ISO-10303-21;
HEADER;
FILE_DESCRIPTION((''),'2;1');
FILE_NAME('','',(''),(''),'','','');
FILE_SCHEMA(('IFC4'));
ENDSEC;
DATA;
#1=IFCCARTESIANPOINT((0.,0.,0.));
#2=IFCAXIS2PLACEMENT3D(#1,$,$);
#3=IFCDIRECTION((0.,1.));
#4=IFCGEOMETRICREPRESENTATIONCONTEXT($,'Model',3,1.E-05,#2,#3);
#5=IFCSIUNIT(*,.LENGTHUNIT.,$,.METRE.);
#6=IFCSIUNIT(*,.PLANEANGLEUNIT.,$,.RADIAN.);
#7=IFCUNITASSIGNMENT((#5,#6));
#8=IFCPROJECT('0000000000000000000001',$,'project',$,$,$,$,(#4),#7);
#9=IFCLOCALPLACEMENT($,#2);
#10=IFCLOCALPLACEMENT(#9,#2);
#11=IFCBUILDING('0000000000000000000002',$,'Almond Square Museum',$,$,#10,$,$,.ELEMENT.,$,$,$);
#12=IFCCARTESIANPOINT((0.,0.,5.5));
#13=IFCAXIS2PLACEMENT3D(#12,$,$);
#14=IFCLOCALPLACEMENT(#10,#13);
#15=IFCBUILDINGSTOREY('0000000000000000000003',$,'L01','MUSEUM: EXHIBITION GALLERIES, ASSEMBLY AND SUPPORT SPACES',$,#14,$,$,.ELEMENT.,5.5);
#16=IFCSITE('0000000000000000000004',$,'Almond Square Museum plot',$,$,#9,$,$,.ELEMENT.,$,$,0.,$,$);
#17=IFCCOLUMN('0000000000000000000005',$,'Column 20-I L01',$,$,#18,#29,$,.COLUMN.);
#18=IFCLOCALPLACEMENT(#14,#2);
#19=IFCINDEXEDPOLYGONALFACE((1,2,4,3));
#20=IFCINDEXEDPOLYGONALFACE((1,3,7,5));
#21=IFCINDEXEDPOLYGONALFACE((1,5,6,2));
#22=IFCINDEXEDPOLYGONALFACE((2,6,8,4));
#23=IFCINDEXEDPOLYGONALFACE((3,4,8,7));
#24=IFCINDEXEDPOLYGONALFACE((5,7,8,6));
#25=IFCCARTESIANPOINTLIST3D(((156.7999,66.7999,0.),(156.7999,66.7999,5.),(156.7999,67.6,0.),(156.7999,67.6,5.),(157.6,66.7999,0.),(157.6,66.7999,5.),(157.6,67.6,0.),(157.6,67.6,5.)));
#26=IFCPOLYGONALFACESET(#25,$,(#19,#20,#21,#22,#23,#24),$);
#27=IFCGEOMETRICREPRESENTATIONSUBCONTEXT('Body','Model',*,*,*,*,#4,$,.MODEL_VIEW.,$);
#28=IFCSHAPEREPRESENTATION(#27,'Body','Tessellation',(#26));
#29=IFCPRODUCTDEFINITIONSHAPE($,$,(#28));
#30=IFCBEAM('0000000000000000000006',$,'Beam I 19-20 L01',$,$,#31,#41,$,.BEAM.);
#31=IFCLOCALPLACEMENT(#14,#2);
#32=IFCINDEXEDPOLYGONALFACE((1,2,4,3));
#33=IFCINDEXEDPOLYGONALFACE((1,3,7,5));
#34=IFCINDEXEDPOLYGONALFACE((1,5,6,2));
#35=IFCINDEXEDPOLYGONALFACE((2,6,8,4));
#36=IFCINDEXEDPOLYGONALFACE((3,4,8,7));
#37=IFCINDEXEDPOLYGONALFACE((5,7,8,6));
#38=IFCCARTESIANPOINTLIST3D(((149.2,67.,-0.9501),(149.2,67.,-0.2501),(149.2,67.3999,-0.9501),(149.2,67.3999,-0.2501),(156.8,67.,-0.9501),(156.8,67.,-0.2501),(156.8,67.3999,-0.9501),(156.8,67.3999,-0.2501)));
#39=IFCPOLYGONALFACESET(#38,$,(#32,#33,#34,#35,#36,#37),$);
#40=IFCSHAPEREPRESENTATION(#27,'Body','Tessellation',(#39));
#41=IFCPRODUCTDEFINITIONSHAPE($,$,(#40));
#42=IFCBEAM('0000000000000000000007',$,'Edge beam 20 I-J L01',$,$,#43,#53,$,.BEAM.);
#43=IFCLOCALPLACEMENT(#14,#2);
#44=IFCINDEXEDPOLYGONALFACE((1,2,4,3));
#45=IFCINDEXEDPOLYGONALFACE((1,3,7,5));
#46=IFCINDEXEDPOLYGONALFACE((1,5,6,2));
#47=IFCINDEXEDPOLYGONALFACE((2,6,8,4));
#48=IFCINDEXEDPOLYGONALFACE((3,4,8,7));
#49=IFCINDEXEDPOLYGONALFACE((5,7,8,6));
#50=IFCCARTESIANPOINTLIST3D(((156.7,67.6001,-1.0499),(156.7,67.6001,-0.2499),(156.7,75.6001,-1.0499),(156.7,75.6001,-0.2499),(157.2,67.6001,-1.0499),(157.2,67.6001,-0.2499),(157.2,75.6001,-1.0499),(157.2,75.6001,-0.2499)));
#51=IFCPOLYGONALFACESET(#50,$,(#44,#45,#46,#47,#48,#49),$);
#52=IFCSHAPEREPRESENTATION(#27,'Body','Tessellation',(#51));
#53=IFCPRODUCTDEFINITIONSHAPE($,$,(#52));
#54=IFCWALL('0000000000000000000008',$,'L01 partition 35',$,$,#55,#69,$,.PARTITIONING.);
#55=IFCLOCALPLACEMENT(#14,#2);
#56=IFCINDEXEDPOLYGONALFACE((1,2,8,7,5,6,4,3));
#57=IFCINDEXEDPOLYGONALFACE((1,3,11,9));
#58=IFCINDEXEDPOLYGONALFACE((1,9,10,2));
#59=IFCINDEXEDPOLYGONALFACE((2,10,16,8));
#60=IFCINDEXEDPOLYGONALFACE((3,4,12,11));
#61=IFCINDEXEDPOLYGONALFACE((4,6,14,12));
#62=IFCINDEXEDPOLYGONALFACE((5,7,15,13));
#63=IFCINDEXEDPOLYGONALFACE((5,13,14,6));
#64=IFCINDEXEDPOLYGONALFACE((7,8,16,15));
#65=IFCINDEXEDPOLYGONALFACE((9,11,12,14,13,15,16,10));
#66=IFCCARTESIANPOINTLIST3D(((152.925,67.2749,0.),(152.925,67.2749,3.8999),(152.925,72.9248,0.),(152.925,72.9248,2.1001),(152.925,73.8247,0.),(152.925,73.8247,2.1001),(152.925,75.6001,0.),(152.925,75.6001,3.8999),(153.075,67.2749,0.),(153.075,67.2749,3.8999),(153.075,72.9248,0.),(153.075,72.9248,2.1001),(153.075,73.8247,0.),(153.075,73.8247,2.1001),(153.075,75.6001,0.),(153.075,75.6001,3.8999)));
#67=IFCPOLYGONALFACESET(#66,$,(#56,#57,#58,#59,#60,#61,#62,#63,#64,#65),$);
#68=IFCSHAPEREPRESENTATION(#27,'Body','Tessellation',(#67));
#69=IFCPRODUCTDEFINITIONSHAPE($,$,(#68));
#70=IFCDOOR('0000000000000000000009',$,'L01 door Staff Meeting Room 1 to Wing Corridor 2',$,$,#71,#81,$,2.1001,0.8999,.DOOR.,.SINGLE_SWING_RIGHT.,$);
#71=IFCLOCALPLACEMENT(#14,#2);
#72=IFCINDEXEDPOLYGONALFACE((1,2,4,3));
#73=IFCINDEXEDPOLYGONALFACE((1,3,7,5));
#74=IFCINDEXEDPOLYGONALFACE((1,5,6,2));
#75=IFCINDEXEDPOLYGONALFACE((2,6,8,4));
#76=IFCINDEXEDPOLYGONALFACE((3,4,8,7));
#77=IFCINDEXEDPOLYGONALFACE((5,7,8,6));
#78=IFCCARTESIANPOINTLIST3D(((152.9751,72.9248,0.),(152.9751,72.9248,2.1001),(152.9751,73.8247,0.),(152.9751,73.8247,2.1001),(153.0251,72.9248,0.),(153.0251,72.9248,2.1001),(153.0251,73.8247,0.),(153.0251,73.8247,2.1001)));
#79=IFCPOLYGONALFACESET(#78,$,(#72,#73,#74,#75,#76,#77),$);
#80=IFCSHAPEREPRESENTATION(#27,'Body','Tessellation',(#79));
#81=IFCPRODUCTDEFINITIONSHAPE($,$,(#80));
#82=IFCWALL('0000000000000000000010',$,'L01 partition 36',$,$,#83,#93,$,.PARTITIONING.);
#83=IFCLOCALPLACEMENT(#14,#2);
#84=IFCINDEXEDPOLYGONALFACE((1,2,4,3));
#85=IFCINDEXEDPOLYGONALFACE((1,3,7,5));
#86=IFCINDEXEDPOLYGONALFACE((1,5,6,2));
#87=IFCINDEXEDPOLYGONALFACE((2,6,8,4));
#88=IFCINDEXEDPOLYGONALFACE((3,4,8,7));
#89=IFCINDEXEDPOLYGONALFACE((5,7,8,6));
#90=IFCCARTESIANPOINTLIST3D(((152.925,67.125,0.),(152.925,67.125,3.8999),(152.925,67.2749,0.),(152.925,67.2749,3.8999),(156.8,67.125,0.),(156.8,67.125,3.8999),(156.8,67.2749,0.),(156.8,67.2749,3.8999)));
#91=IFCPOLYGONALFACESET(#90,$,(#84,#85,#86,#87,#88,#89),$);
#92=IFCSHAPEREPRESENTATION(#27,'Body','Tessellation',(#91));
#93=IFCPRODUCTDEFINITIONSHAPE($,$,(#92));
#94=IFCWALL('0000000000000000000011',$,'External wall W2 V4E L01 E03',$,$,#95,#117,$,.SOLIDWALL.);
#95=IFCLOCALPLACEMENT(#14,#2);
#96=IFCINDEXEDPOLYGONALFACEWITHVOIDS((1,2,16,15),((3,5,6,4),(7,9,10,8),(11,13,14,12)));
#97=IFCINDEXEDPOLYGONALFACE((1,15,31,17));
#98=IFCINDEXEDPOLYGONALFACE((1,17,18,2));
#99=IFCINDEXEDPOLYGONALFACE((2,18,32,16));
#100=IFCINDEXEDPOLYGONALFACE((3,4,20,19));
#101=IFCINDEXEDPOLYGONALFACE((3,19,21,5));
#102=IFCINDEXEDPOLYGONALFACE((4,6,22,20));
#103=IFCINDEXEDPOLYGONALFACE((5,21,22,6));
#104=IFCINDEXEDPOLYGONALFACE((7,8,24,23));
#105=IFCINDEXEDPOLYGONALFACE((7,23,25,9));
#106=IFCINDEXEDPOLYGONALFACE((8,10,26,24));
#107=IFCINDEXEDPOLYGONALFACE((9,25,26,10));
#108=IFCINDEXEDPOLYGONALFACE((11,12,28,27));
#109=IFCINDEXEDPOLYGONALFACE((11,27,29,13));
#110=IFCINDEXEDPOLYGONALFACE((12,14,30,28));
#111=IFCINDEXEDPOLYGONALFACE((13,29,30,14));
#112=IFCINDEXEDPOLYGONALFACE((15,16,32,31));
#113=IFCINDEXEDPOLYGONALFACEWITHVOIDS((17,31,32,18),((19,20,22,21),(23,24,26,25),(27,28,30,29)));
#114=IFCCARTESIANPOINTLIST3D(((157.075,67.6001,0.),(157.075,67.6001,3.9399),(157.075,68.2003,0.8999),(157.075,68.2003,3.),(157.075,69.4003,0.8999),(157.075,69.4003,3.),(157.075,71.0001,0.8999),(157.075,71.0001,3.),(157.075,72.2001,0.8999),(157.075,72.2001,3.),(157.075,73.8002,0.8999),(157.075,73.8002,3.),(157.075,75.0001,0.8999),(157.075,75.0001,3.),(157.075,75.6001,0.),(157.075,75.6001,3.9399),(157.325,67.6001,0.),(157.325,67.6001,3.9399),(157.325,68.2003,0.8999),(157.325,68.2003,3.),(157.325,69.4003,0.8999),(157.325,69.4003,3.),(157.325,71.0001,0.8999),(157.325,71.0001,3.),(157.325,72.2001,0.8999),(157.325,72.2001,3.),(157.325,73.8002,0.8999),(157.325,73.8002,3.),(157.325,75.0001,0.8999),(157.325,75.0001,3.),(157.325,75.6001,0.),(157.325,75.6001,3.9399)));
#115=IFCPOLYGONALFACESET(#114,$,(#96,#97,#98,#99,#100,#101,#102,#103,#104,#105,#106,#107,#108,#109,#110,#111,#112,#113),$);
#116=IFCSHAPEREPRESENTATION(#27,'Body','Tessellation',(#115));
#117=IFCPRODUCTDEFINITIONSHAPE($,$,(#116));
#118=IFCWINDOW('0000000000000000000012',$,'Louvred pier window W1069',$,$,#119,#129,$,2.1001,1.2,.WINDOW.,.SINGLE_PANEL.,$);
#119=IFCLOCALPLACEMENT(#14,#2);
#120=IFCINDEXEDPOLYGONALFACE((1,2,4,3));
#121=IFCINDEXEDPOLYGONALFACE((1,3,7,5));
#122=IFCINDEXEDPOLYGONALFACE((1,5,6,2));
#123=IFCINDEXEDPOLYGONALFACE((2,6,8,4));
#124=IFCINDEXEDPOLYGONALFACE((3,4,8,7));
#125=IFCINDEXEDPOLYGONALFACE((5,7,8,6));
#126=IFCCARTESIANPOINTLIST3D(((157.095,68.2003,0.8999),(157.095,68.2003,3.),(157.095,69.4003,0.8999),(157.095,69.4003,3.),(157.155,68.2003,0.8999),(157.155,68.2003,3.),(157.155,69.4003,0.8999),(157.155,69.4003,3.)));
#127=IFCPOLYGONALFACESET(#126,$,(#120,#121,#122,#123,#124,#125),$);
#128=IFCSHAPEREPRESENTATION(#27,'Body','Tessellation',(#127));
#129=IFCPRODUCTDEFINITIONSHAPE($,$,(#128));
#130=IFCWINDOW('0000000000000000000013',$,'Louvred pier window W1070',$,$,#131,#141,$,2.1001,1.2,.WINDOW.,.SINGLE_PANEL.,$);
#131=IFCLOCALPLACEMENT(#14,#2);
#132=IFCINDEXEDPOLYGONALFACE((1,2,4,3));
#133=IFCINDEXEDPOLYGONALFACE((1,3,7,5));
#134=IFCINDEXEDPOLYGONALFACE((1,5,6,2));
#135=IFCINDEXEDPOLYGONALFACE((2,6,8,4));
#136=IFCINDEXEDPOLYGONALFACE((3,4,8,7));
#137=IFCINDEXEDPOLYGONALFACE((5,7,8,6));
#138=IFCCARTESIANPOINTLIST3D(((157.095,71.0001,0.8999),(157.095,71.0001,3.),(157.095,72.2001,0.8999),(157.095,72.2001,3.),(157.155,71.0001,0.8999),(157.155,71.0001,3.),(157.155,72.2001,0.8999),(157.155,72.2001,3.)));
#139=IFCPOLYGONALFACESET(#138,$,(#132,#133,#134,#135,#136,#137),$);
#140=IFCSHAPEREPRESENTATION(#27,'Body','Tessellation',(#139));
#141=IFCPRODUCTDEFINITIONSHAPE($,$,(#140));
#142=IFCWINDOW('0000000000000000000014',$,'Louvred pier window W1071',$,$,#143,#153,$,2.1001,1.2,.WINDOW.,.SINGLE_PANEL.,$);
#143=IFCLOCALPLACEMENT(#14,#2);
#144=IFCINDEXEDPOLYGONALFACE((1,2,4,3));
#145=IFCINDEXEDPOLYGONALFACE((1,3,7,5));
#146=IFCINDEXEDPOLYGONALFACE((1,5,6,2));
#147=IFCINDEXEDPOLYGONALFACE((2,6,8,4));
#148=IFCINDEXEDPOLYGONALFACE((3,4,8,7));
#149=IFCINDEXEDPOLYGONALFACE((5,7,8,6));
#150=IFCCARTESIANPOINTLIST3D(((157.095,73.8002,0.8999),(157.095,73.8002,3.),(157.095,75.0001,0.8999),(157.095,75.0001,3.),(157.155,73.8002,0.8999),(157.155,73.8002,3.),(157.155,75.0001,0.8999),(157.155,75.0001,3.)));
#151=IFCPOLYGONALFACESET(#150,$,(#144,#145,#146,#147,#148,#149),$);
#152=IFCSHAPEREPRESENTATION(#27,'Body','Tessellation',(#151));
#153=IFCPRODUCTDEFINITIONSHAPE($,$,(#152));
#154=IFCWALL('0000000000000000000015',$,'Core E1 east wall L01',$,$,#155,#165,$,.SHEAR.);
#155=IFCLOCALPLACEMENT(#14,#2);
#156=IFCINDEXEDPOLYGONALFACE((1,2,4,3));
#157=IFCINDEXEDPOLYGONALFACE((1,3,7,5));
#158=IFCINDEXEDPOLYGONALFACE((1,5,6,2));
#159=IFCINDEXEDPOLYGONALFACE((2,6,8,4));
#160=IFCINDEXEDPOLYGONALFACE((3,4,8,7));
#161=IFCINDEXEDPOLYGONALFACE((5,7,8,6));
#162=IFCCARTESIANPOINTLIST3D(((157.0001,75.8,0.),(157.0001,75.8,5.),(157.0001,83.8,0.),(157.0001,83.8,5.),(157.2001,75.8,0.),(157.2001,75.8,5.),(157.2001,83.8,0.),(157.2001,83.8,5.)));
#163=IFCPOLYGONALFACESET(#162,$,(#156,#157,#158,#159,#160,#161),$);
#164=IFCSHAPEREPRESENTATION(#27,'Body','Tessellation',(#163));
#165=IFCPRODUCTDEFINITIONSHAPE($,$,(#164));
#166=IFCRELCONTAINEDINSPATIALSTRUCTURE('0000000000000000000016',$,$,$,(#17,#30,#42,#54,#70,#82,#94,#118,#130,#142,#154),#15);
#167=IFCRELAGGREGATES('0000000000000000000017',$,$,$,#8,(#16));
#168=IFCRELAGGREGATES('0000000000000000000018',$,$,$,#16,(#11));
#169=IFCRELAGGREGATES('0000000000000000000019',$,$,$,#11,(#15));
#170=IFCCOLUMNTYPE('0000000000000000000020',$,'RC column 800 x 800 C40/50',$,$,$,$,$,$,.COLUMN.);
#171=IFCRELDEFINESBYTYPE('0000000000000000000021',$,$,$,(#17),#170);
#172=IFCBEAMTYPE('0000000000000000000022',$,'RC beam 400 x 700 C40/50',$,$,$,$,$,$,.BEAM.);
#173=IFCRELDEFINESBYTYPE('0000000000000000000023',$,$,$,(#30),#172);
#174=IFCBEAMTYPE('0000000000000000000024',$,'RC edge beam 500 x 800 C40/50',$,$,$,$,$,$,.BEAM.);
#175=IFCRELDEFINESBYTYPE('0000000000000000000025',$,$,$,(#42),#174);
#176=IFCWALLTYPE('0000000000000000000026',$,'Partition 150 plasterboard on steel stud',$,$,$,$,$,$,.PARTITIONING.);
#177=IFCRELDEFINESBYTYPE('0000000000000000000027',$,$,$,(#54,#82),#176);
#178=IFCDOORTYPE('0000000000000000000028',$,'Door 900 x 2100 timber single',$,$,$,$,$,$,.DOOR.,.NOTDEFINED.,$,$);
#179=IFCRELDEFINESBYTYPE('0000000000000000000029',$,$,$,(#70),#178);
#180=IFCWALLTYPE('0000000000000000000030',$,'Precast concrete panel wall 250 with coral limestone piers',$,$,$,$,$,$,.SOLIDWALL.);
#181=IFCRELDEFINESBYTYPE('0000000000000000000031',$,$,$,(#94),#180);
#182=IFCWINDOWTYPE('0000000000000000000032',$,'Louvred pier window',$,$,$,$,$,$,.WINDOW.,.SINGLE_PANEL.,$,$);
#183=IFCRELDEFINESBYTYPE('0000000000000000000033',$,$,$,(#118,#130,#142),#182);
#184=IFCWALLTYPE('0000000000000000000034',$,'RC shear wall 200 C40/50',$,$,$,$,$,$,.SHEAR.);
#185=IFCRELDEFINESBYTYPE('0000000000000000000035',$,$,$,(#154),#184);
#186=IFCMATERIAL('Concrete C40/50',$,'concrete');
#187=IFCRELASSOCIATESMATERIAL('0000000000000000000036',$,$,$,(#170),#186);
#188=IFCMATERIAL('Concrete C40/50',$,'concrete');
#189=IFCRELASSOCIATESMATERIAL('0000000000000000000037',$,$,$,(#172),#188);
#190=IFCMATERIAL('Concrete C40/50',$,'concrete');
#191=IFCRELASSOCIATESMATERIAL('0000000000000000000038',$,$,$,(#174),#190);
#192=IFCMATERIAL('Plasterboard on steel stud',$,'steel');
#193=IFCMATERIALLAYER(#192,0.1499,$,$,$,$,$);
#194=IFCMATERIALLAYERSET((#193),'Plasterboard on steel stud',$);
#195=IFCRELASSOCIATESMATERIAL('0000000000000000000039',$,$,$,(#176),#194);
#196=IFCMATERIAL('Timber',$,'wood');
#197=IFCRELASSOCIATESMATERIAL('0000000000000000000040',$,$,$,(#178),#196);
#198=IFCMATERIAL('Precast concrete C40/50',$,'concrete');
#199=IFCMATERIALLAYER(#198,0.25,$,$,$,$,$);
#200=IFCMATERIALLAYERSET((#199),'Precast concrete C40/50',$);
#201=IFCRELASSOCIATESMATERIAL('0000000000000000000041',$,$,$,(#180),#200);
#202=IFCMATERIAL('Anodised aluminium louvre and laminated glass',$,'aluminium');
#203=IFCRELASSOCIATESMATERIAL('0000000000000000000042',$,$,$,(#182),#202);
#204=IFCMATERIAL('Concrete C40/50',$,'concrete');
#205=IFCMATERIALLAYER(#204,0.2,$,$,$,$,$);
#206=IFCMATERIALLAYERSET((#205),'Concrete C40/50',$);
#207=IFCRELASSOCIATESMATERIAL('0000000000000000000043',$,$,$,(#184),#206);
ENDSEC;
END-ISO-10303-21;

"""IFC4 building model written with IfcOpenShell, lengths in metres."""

from ifc_helpers import new_model, si_unit, direction, frame, frame_2d, origin, origin_2d, place, context, subcontext, project, spatial, rectangle, extrude, material, layer, layer_set, material_profile, profile_set, type_object, element, fill, save


model = new_model("IFC4")

# Units and contexts
model_context = context("Model", 3, precision=1e-05, world=origin(), true_north=direction((0.0, 1.0)))
body_context = subcontext(model_context, "Body", "Model", "MODEL_VIEW")
ifc_project = project(units=[si_unit("LENGTHUNIT", "METRE"), si_unit("PLANEANGLEUNIT", "RADIAN")], contexts=[model_context])

# Site, building, storey
site_placement = place(None, origin())
site = spatial("IfcSite", under=ifc_project, at=site_placement, Name="Almond Square Museum plot", CompositionType="ELEMENT", RefElevation=0.0)
building_placement = place(site_placement, origin())
building = spatial("IfcBuilding", under=site, at=building_placement, Name="Almond Square Museum", CompositionType="ELEMENT")
storey_placement = place(building_placement, frame((0.0, 0.0, 5.5)))
storey = spatial("IfcBuildingStorey", under=building, at=storey_placement, Name="L01", Description="MUSEUM: EXHIBITION GALLERIES, ASSEMBLY AND SUPPORT SPACES", CompositionType="ELEMENT", Elevation=5.5)

# Column
ifc_material_1 = material(Name="Concrete C40/50", Category="concrete")
ifc_material_profile_1 = material_profile(ifc_material_1, rectangle(XDim=0.8, YDim=0.8, at=origin_2d()))
ifc_profile_set_1 = profile_set([ifc_material_profile_1], Name="Concrete C40/50")
column_type = type_object("IfcColumnType", Name="RC column 800 x 800 C40/50", PredefinedType="COLUMN", material=ifc_profile_set_1)
column_placement = place(storey_placement, frame((157.2, 67.2, 0.0), z_axis=(0.0, 0.0, 1.0), x_axis=(1.0, 0.0, 0.0)))
element("IfcColumn", 1, at=column_placement, inside=storey, type_object=column_type, Name="Column 20-I L01", PredefinedType="COLUMN", context=body_context, shape_type="SweptSolid", body=[
    extrude(rectangle(XDim=0.8, YDim=0.8, at=origin_2d()), origin(), (0.0, 0.0, 1.0), 5.0),
])

# Beams
ifc_material_2 = material(Name="Concrete C40/50", Category="concrete")
ifc_material_profile_2 = material_profile(ifc_material_2, rectangle(XDim=0.3999, YDim=0.7, at=origin_2d()))
ifc_profile_set_2 = profile_set([ifc_material_profile_2], Name="Concrete C40/50")
beam_type_1 = type_object("IfcBeamType", Name="RC beam 400 x 700 C40/50", PredefinedType="BEAM", material=ifc_profile_set_2)
beam_1_placement = place(storey_placement, frame((149.2, 67.2, -0.6001), z_axis=(1.0, 0.0, 0.0), x_axis=(0.0, 1.0, 0.0)))
element("IfcBeam", 2, at=beam_1_placement, inside=storey, type_object=beam_type_1, Name="Beam I 19-20 L01", PredefinedType="BEAM", context=body_context, shape_type="SweptSolid", body=[
    extrude(rectangle(XDim=0.3999, YDim=0.7, at=origin_2d()), origin(), (0.0, 0.0, 1.0), 7.6001),
])
ifc_material_3 = material(Name="Concrete C40/50", Category="concrete")
ifc_material_profile_3 = material_profile(ifc_material_3, rectangle(XDim=0.5, YDim=0.8, at=origin_2d()))
ifc_profile_set_3 = profile_set([ifc_material_profile_3], Name="Concrete C40/50")
beam_type_2 = type_object("IfcBeamType", Name="RC edge beam 500 x 800 C40/50", PredefinedType="BEAM", material=ifc_profile_set_3)
beam_2_placement = place(storey_placement, frame((156.95, 67.6001, -0.6499), z_axis=(0.0, 1.0, 0.0), x_axis=(-1.0, 0.0, 0.0)))
element("IfcBeam", 3, at=beam_2_placement, inside=storey, type_object=beam_type_2, Name="Edge beam 20 I-J L01", PredefinedType="BEAM", context=body_context, shape_type="SweptSolid", body=[
    extrude(rectangle(XDim=0.5, YDim=0.8, at=origin_2d()), origin(), (0.0, 0.0, 1.0), 8.0),
])

# Wall, opening, door
ifc_material_4 = material(Name="Plasterboard on steel stud", Category="steel")
ifc_layer_1 = layer(ifc_material_4, 0.1499)
ifc_layer_set_1 = layer_set([ifc_layer_1], Name="Plasterboard on steel stud")
wall_type_1 = type_object("IfcWallType", Name="Partition 150 plasterboard on steel stud", PredefinedType="PARTITIONING", material=ifc_layer_set_1)
wall_1_placement = place(storey_placement, frame((153.0, 67.2749, 0.0), z_axis=(0.0, 0.0, 1.0), x_axis=(0.0, 1.0, 0.0)))
wall_1 = element("IfcWall", 4, at=wall_1_placement, inside=storey, type_object=wall_type_1, Name="L01 partition 35", PredefinedType="PARTITIONING", context=body_context, shape_type="SweptSolid", body=[
    extrude(rectangle(XDim=8.3252, YDim=0.1499, at=frame_2d((4.1626, 0.0))), origin(), (0.0, 0.0, 1.0), 3.8999),
])
opening_1_placement = place(wall_1_placement, frame((5.6499, 0.0, 0.0)))
opening_1 = element("IfcOpeningElement", 5, at=opening_1_placement, cuts=wall_1, PredefinedType="OPENING", context=body_context, shape_type="SweptSolid", body=[
    extrude(rectangle(XDim=0.8999, YDim=2.1001, at=frame_2d((0.45, 1.05))), frame((0.0, 0.085, 0.0), z_axis=(0.0, -1.0, 0.0), x_axis=(1.0, 0.0, 0.0)), (0.0, 0.0, 1.0), 0.1699),
])
ifc_material_5 = material(Name="Timber", Category="wood")
door_type = type_object("IfcDoorType", Name="Door 900 x 2100 timber single", OperationType="NOTDEFINED", PredefinedType="DOOR", material=ifc_material_5)
door_placement = place(opening_1_placement, origin())
door = element("IfcDoor", 6, at=door_placement, inside=storey, type_object=door_type, Name="L01 door Staff Meeting Room 1 to Wing Corridor 2", OperationType="SINGLE_SWING_RIGHT", OverallHeight=2.1001, OverallWidth=0.8999, PredefinedType="DOOR", context=body_context, shape_type="SweptSolid", body=[
    extrude(rectangle(XDim=0.8999, YDim=2.1001, at=frame_2d((0.45, 1.05))), frame((0.0, 0.0249, 0.0), z_axis=(0.0, -1.0, 0.0), x_axis=(1.0, 0.0, 0.0)), (0.0, 0.0, 1.0), 0.05),
])
fill(opening_1, door)

# Wall
wall_2_placement = place(storey_placement, frame((152.925, 67.2, 0.0), z_axis=(0.0, 0.0, 1.0), x_axis=(1.0, 0.0, 0.0)))
element("IfcWall", 7, at=wall_2_placement, inside=storey, type_object=wall_type_1, Name="L01 partition 36", PredefinedType="PARTITIONING", context=body_context, shape_type="SweptSolid", body=[
    extrude(rectangle(XDim=3.875, YDim=0.1499, at=frame_2d((1.9375, 0.0))), origin(), (0.0, 0.0, 1.0), 3.8999),
])

# Wall, openings, windows
ifc_material_6 = material(Name="Precast concrete C40/50", Category="concrete")
ifc_layer_2 = layer(ifc_material_6, 0.25)
ifc_layer_set_2 = layer_set([ifc_layer_2], Name="Precast concrete C40/50")
wall_type_2 = type_object("IfcWallType", Name="Precast concrete panel wall 250 with coral limestone piers", PredefinedType="SOLIDWALL", material=ifc_layer_set_2)
wall_3_placement = place(storey_placement, frame((157.2, 67.6001, 0.0), z_axis=(0.0, 0.0, 1.0), x_axis=(0.0, 1.0, 0.0)))
wall_3 = element("IfcWall", 8, at=wall_3_placement, inside=storey, type_object=wall_type_2, Name="External wall W2 V4E L01 E03", PredefinedType="SOLIDWALL", context=body_context, shape_type="SweptSolid", body=[
    extrude(rectangle(XDim=8.0, YDim=0.25, at=frame_2d((4.0, 0.0))), origin(), (0.0, 0.0, 1.0), 3.9399),
])
opening_2_placement = place(wall_3_placement, frame((0.6001, 0.0, 0.8999)))
opening_2 = element("IfcOpeningElement", 9, at=opening_2_placement, cuts=wall_3, PredefinedType="OPENING", context=body_context, shape_type="SweptSolid", body=[
    extrude(rectangle(XDim=1.2, YDim=2.1001, at=frame_2d((0.6001, 1.05))), frame((0.0, 0.135, 0.0), z_axis=(0.0, -1.0, 0.0), x_axis=(1.0, 0.0, 0.0)), (0.0, 0.0, 1.0), 0.27),
])
opening_3_placement = place(wall_3_placement, frame((3.3999, 0.0, 0.8999)))
opening_3 = element("IfcOpeningElement", 10, at=opening_3_placement, cuts=wall_3, PredefinedType="OPENING", context=body_context, shape_type="SweptSolid", body=[
    extrude(rectangle(XDim=1.2, YDim=2.1001, at=frame_2d((0.6001, 1.05))), frame((0.0, 0.135, 0.0), z_axis=(0.0, -1.0, 0.0), x_axis=(1.0, 0.0, 0.0)), (0.0, 0.0, 1.0), 0.27),
])
opening_4_placement = place(wall_3_placement, frame((6.2, 0.0, 0.8999)))
opening_4 = element("IfcOpeningElement", 11, at=opening_4_placement, cuts=wall_3, PredefinedType="OPENING", context=body_context, shape_type="SweptSolid", body=[
    extrude(rectangle(XDim=1.2, YDim=2.1001, at=frame_2d((0.6001, 1.05))), frame((0.0, 0.135, 0.0), z_axis=(0.0, -1.0, 0.0), x_axis=(1.0, 0.0, 0.0)), (0.0, 0.0, 1.0), 0.27),
])
ifc_material_7 = material(Name="Anodised aluminium louvre and laminated glass", Category="aluminium")
window_type = type_object("IfcWindowType", Name="Louvred pier window", PartitioningType="SINGLE_PANEL", PredefinedType="WINDOW", material=ifc_material_7)
window_1_placement = place(opening_2_placement, origin())
window_1 = element("IfcWindow", 12, at=window_1_placement, inside=storey, type_object=window_type, Name="Louvred pier window W1069", OverallHeight=2.1001, OverallWidth=1.2, PartitioningType="SINGLE_PANEL", PredefinedType="WINDOW", context=body_context, shape_type="SweptSolid", body=[
    extrude(rectangle(XDim=1.2, YDim=2.1001, at=frame_2d((0.6001, 1.05))), frame((0.0, 0.105, 0.0), z_axis=(0.0, -1.0, 0.0), x_axis=(1.0, 0.0, 0.0)), (0.0, 0.0, 1.0), 0.0601),
])
fill(opening_2, window_1)
window_2_placement = place(opening_3_placement, origin())
window_2 = element("IfcWindow", 13, at=window_2_placement, inside=storey, type_object=window_type, Name="Louvred pier window W1070", OverallHeight=2.1001, OverallWidth=1.2, PartitioningType="SINGLE_PANEL", PredefinedType="WINDOW", context=body_context, shape_type="SweptSolid", body=[
    extrude(rectangle(XDim=1.2, YDim=2.1001, at=frame_2d((0.6001, 1.05))), frame((0.0, 0.105, 0.0), z_axis=(0.0, -1.0, 0.0), x_axis=(1.0, 0.0, 0.0)), (0.0, 0.0, 1.0), 0.0601),
])
fill(opening_3, window_2)
window_3_placement = place(opening_4_placement, origin())
window_3 = element("IfcWindow", 14, at=window_3_placement, inside=storey, type_object=window_type, Name="Louvred pier window W1071", OverallHeight=2.1001, OverallWidth=1.2, PartitioningType="SINGLE_PANEL", PredefinedType="WINDOW", context=body_context, shape_type="SweptSolid", body=[
    extrude(rectangle(XDim=1.2, YDim=2.1001, at=frame_2d((0.6001, 1.05))), frame((0.0, 0.105, 0.0), z_axis=(0.0, -1.0, 0.0), x_axis=(1.0, 0.0, 0.0)), (0.0, 0.0, 1.0), 0.0601),
])
fill(opening_4, window_3)

# Wall
ifc_material_8 = material(Name="Concrete C40/50", Category="concrete")
ifc_layer_3 = layer(ifc_material_8, 0.2)
ifc_layer_set_3 = layer_set([ifc_layer_3], Name="Concrete C40/50")
wall_type_3 = type_object("IfcWallType", Name="RC shear wall 200 C40/50", PredefinedType="SHEAR", material=ifc_layer_set_3)
wall_4_placement = place(storey_placement, frame((157.1001, 75.8, 0.0), z_axis=(0.0, 0.0, 1.0), x_axis=(0.0, 1.0, 0.0)))
element("IfcWall", 15, at=wall_4_placement, inside=storey, type_object=wall_type_3, Name="Core E1 east wall L01", PredefinedType="SHEAR", context=body_context, shape_type="SweptSolid", body=[
    extrude(rectangle(XDim=8.0, YDim=0.2, at=frame_2d((4.0, 0.0))), origin(), (0.0, 0.0, 1.0), 5.0),
])

save(model, "model.ifc")
